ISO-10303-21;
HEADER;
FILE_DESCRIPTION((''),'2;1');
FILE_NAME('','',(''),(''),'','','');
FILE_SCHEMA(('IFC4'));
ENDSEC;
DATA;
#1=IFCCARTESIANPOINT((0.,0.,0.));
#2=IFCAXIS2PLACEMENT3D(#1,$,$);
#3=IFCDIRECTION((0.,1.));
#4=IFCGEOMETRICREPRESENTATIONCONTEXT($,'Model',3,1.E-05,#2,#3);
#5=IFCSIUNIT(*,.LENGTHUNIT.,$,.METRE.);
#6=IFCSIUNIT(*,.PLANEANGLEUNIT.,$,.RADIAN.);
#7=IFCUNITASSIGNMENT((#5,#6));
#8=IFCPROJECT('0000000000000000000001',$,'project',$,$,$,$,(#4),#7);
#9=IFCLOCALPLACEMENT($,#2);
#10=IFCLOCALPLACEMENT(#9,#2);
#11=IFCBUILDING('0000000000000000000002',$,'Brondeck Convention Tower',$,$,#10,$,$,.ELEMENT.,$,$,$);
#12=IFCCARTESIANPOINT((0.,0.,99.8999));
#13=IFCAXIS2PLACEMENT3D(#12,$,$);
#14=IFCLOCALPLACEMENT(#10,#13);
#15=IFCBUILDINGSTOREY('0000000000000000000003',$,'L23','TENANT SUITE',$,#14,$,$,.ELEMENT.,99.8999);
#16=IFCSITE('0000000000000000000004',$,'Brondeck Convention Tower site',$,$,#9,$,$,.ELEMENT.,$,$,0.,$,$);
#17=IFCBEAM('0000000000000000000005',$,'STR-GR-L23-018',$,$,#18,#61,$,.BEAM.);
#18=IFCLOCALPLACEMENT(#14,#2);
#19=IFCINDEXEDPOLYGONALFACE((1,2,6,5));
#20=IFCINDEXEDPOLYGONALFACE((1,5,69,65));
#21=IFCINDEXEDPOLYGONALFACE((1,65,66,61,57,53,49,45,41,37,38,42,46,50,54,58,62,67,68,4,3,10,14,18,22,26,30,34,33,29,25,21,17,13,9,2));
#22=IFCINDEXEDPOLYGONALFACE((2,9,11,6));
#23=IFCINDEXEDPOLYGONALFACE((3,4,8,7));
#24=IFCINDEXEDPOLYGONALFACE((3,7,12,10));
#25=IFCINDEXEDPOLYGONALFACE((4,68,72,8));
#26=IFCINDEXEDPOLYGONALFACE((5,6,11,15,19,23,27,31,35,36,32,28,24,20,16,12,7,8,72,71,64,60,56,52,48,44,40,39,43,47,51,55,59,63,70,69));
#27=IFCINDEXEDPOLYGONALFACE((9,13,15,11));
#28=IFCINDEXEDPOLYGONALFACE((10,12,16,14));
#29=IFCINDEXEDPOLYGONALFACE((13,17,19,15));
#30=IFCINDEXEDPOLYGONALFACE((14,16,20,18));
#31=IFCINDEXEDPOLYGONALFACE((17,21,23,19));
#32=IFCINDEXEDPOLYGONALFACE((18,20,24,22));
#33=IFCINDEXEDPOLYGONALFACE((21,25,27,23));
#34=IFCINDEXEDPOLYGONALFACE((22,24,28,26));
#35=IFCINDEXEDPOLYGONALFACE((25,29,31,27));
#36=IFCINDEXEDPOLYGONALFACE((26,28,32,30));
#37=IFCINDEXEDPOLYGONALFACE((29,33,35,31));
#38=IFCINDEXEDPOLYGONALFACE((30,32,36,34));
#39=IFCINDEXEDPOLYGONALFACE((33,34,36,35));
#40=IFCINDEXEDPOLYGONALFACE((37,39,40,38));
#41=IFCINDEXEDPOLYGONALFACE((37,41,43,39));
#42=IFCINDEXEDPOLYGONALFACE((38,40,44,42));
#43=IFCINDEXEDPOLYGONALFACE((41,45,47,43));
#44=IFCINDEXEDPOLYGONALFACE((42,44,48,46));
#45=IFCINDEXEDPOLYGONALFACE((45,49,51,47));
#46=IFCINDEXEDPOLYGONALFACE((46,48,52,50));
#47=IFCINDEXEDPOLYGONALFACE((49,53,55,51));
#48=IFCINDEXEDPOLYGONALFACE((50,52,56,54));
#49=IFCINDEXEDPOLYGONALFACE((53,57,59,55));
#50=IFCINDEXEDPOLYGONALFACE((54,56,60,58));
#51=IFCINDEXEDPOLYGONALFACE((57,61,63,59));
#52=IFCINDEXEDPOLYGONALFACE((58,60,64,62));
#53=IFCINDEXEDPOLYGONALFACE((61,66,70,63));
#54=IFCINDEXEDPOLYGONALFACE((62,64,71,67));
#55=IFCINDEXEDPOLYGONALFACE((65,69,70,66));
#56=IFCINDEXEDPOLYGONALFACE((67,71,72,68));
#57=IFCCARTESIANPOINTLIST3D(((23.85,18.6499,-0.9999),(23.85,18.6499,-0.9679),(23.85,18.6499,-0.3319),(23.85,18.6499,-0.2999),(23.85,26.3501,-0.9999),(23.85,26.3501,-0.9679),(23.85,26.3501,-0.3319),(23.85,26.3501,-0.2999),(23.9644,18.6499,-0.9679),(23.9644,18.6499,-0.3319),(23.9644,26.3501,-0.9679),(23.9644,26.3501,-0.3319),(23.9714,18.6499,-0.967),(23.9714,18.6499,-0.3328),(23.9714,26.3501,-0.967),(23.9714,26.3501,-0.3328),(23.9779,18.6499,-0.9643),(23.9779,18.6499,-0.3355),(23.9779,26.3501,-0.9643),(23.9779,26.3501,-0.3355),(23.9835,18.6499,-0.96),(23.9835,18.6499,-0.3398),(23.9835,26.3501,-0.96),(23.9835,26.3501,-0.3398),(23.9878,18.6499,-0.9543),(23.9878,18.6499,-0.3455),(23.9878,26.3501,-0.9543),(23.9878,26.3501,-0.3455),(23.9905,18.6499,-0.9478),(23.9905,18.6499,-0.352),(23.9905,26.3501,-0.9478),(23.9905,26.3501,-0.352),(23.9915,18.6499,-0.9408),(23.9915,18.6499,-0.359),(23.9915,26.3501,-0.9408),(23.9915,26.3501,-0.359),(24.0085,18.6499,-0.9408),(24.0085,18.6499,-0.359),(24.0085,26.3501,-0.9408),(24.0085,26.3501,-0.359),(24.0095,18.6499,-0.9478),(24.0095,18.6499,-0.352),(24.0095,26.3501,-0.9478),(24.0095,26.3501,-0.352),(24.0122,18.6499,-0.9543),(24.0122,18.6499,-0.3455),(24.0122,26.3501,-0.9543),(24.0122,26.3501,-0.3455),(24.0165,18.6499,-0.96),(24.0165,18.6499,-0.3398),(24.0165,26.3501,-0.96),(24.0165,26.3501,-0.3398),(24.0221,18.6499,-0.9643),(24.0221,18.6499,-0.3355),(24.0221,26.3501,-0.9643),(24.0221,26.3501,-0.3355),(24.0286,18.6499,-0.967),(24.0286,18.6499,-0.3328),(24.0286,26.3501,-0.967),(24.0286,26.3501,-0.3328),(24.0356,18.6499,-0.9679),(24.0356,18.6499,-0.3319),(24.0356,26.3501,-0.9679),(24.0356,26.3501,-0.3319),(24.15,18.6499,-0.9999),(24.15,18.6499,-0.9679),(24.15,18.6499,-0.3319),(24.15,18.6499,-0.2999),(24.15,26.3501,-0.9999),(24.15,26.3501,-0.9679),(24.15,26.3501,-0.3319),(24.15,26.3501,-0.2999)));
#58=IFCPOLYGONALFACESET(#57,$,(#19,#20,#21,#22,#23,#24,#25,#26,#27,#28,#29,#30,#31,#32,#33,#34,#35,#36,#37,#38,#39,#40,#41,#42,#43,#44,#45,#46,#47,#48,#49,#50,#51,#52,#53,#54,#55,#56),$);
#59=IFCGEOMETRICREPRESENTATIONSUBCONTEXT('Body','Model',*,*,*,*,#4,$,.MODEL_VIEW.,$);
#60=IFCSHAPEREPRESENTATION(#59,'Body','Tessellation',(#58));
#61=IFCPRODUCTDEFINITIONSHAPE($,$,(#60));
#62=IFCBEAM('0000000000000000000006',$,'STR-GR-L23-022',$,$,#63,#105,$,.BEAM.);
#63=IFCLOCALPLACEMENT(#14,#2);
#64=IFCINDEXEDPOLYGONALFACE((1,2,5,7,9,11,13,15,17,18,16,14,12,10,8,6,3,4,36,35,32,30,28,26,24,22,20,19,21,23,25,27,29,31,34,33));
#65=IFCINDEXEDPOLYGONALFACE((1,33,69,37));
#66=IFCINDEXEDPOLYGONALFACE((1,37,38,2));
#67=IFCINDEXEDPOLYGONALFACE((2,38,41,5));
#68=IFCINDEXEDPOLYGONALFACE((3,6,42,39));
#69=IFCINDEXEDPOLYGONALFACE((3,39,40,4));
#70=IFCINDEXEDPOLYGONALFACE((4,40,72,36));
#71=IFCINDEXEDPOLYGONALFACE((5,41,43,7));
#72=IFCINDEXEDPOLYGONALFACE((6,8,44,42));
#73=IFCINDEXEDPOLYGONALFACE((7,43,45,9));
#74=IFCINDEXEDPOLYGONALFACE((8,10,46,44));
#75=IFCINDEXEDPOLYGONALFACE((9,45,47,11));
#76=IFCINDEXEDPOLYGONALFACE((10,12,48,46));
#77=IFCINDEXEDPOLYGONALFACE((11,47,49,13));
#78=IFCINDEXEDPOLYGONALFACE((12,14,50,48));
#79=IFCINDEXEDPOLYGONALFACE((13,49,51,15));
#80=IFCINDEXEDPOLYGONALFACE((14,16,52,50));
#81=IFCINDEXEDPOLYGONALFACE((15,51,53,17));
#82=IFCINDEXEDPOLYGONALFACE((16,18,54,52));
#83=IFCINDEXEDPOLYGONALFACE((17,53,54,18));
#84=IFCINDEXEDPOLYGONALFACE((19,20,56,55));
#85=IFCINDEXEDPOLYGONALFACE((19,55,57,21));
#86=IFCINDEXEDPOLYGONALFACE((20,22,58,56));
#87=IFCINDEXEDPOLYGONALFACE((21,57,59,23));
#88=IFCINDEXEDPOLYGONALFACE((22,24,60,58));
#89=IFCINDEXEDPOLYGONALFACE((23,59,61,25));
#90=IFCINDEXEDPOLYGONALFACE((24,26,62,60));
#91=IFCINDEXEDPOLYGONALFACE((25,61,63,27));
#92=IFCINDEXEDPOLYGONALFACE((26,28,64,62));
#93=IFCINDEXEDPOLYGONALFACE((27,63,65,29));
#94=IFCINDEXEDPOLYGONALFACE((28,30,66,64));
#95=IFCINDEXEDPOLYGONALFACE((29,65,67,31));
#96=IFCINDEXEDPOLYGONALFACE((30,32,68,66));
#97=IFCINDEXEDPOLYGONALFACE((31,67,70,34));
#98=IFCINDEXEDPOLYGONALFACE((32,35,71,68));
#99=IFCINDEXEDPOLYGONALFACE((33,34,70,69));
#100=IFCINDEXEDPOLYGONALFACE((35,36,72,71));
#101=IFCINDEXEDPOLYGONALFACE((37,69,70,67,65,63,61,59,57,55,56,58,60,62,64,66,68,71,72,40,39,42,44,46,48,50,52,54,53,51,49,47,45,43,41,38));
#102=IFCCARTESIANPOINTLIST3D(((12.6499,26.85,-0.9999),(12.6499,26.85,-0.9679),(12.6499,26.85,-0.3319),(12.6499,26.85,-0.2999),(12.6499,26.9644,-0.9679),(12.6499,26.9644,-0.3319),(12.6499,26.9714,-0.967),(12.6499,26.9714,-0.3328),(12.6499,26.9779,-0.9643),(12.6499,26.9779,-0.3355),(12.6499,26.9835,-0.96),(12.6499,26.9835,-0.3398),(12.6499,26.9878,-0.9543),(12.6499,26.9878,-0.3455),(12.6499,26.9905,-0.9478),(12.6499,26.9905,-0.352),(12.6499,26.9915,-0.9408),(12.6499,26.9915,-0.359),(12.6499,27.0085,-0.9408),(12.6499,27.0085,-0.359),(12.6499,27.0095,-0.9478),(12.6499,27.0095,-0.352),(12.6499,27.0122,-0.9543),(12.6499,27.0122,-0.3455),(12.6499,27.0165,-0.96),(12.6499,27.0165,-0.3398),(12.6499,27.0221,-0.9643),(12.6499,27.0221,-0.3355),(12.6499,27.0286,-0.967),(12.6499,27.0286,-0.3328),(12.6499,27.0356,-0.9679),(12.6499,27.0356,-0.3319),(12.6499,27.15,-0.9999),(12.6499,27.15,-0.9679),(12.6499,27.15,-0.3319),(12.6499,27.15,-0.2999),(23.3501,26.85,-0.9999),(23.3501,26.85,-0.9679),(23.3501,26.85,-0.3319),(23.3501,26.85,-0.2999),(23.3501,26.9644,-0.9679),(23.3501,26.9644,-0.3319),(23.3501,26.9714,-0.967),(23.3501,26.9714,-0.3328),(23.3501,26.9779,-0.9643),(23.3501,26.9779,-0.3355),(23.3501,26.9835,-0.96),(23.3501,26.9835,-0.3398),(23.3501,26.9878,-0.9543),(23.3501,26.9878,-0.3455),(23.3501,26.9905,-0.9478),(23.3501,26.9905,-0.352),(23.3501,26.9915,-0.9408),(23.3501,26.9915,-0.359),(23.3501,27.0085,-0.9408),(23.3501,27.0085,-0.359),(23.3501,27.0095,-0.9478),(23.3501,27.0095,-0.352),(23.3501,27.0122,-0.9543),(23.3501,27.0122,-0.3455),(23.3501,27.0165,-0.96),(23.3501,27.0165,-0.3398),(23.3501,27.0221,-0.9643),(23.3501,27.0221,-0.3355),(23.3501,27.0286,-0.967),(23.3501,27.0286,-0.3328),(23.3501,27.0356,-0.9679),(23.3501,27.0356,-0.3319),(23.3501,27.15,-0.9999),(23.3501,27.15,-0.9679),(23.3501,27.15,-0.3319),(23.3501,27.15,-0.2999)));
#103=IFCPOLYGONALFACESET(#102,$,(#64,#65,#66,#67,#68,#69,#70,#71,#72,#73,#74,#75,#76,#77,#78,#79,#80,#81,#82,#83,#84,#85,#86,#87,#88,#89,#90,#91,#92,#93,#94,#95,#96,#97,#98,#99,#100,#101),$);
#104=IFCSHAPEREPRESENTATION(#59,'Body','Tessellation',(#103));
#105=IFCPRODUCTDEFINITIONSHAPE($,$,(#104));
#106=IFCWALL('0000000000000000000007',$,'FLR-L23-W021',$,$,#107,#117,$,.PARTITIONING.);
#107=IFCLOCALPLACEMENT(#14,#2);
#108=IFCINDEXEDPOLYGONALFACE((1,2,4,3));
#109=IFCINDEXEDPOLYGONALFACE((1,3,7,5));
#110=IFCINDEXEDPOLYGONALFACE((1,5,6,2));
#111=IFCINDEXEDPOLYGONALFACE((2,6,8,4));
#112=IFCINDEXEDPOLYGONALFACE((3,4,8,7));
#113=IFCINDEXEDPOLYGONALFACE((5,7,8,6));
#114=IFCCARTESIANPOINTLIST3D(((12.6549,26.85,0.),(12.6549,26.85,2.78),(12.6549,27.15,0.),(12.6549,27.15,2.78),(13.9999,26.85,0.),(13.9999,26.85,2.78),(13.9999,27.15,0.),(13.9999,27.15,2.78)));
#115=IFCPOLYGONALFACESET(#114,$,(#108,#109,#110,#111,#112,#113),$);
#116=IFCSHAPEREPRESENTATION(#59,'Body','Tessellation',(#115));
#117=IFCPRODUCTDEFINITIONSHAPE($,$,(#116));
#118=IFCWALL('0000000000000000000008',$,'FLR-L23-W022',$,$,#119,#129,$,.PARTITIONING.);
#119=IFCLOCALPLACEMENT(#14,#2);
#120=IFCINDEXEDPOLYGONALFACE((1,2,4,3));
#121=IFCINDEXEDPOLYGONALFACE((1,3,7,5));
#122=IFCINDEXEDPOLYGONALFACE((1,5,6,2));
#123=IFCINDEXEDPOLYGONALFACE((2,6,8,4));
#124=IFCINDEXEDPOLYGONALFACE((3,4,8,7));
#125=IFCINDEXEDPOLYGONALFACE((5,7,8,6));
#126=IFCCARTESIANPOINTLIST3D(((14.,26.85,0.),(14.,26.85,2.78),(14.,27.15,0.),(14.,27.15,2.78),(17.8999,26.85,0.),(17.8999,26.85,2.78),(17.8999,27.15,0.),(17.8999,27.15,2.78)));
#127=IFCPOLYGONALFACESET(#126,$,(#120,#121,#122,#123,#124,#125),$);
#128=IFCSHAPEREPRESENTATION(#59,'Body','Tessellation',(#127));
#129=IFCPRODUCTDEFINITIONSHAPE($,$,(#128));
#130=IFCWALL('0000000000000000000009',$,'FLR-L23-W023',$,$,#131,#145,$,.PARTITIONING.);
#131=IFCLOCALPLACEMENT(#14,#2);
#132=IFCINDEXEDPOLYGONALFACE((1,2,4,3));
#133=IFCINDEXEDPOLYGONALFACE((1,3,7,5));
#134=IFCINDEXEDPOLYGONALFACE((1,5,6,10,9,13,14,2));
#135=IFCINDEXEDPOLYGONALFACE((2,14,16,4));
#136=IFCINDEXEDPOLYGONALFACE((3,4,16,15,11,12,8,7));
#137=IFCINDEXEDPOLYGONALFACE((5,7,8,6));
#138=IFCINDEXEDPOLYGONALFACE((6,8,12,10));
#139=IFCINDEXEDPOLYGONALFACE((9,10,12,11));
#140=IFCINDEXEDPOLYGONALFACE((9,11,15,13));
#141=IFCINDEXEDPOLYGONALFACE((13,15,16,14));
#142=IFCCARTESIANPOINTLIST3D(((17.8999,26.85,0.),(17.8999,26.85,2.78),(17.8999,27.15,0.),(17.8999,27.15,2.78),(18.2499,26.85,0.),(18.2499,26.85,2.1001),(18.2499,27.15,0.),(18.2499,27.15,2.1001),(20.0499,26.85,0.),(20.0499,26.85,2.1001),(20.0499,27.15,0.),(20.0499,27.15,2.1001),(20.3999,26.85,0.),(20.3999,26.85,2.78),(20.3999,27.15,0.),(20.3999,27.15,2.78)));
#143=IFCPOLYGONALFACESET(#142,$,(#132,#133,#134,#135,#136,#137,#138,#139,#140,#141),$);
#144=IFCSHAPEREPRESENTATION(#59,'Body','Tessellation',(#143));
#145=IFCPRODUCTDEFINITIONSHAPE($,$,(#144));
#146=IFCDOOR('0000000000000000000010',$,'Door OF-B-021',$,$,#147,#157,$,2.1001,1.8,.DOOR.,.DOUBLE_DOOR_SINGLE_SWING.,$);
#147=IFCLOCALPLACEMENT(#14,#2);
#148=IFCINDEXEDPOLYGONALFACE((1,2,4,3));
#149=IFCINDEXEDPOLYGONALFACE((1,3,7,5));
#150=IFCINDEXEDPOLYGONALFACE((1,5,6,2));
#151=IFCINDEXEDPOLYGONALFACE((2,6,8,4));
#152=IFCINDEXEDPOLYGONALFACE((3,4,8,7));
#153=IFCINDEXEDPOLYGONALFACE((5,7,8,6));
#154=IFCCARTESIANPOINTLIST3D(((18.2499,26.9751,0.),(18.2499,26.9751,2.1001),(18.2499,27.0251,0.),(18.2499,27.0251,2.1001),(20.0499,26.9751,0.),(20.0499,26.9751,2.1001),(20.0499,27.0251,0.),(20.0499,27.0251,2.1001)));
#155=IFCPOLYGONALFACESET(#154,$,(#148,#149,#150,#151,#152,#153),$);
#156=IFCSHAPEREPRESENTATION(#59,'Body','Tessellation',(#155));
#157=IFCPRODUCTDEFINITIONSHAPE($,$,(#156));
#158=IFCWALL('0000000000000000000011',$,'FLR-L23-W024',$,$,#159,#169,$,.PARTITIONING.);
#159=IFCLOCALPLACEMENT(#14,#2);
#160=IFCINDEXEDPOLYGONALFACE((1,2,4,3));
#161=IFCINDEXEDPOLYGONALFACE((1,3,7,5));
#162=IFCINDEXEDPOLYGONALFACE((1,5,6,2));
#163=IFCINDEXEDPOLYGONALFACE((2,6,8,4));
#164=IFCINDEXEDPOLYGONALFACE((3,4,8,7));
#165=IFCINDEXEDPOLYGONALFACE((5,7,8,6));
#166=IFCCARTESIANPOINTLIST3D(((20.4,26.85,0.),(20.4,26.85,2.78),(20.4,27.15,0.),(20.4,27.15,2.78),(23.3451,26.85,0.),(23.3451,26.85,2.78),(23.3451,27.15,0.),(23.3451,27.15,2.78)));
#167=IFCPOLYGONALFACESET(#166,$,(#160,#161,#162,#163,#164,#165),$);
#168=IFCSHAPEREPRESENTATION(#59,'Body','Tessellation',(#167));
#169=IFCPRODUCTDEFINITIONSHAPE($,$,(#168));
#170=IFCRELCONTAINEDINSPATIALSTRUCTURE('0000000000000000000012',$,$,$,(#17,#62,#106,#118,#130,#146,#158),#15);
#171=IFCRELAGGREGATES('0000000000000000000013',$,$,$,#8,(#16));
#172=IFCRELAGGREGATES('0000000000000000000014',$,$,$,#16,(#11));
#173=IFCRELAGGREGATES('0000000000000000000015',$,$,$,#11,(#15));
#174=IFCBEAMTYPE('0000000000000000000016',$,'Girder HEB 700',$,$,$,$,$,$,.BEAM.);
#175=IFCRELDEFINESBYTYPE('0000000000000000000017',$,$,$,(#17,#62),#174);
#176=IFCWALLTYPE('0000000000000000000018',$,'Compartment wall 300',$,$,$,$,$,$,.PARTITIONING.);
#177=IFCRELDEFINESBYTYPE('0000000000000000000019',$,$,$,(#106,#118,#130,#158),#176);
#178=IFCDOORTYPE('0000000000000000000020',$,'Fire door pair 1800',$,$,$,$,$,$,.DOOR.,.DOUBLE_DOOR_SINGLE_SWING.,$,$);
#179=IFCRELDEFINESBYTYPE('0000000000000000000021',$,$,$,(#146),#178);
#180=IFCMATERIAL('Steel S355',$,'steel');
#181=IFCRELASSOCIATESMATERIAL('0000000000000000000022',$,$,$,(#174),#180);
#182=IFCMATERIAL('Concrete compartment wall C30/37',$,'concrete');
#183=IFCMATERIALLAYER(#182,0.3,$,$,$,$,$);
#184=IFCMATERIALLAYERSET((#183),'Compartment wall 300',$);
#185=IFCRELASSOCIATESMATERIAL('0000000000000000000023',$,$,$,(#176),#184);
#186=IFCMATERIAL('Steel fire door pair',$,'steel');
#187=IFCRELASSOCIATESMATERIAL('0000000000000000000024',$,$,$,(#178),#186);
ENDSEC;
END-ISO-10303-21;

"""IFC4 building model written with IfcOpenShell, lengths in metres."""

from ifc_helpers import new_model, si_unit, direction, frame, frame_2d, origin, origin_2d, place, context, subcontext, project, spatial, rectangle, i_section, extrude, material, layer, layer_set, material_profile, profile_set, type_object, element, fill, save


model = new_model("IFC4")

# Units and contexts
model_context = context("Model", 3, precision=1e-05, world=origin(), true_north=direction((0.0, 1.0)))
body_context = subcontext(model_context, "Body", "Model", "MODEL_VIEW")
ifc_project = project(units=[si_unit("LENGTHUNIT", "METRE"), si_unit("PLANEANGLEUNIT", "RADIAN")], contexts=[model_context])

# Site, building, storey
site_placement = place(None, origin())
site = spatial("IfcSite", under=ifc_project, at=site_placement, Name="Brondeck Convention Tower site", CompositionType="ELEMENT", RefElevation=0.0)
building_placement = place(site_placement, origin())
building = spatial("IfcBuilding", under=site, at=building_placement, Name="Brondeck Convention Tower", CompositionType="ELEMENT")
storey_placement = place(building_placement, frame((0.0, 0.0, 99.8999)))
storey = spatial("IfcBuildingStorey", under=building, at=storey_placement, Name="L23", Description="TENANT SUITE", CompositionType="ELEMENT", Elevation=99.8999)

# Beams
ifc_material_1 = material(Name="Steel S355", Category="steel")
ifc_material_profile_1 = material_profile(ifc_material_1, i_section(OverallWidth=0.3, OverallDepth=0.7, WebThickness=0.0171, FlangeThickness=0.032, FilletRadius=0.0271, at=origin_2d()), Name="HEB 700")
ifc_profile_set_1 = profile_set([ifc_material_profile_1], Name="Steel S355")
beam_type_1 = type_object("IfcBeamType", Name="Girder HEB 700", PredefinedType="BEAM", material=ifc_profile_set_1)
for number, where, z_axis, x_axis, name in (
    (1, (24.0, 26.3501, -0.6499), (0.0, -1.0, 0.0), (1.0, 0.0, 0.0), "STR-GR-L23-018"),
):
    element("IfcBeam", number, at=place(storey_placement, frame(where, z_axis=z_axis, x_axis=x_axis)), inside=storey, type_object=beam_type_1, Name=name, PredefinedType="BEAM", context=body_context, shape_type="SweptSolid", body=[
        extrude(i_section(OverallWidth=0.3, OverallDepth=0.7, WebThickness=0.0171, FlangeThickness=0.032, FilletRadius=0.0271, at=origin_2d()), origin(), (0.0, 0.0, 1.0), 7.7002),
    ])
beam_1_placement = place(storey_placement, frame((12.6499, 27.0, -0.6499), z_axis=(1.0, 0.0, 0.0), x_axis=(0.0, 1.0, 0.0)))
element("IfcBeam", 2, at=beam_1_placement, inside=storey, type_object=beam_type_1, Name="STR-GR-L23-022", PredefinedType="BEAM", context=body_context, shape_type="SweptSolid", body=[
    extrude(i_section(OverallWidth=0.3, OverallDepth=0.7, WebThickness=0.0171, FlangeThickness=0.032, FilletRadius=0.0271, at=origin_2d()), origin(), (0.0, 0.0, 1.0), 10.7002),
])

# Walls
ifc_material_2 = material(Name="Concrete compartment wall C30/37", Category="concrete")
ifc_layer_1 = layer(ifc_material_2, 0.3)
ifc_layer_set_1 = layer_set([ifc_layer_1], Name="Compartment wall 300")
wall_type_1 = type_object("IfcWallType", Name="Compartment wall 300", PredefinedType="PARTITIONING", material=ifc_layer_set_1)
wall_1_placement = place(storey_placement, frame((12.655, 27.0, 0.0), z_axis=(0.0, 0.0, 1.0), x_axis=(1.0, 0.0, 0.0)))
element("IfcWall", 3, at=wall_1_placement, inside=storey, type_object=wall_type_1, Name="FLR-L23-W021", PredefinedType="PARTITIONING", context=body_context, shape_type="SweptSolid", body=[
    extrude(rectangle(XDim=1.345, YDim=0.3, at=frame_2d((0.6724, 0.0))), origin(), (0.0, 0.0, 1.0), 2.78),
])
wall_2_placement = place(storey_placement, frame((14.0, 27.0, 0.0), z_axis=(0.0, 0.0, 1.0), x_axis=(1.0, 0.0, 0.0)))
element("IfcWall", 4, at=wall_2_placement, inside=storey, type_object=wall_type_1, Name="FLR-L23-W022", PredefinedType="PARTITIONING", context=body_context, shape_type="SweptSolid", body=[
    extrude(rectangle(XDim=3.8999, YDim=0.3, at=frame_2d((1.95, 0.0))), origin(), (0.0, 0.0, 1.0), 2.78),
])

# Wall, opening, door
wall_3_placement = place(storey_placement, frame((20.3999, 27.0, 0.0), z_axis=(0.0, 0.0, 1.0), x_axis=(-1.0, 0.0, 0.0)))
wall_3 = element("IfcWall", 5, at=wall_3_placement, inside=storey, type_object=wall_type_1, Name="FLR-L23-W023", PredefinedType="PARTITIONING", context=body_context, shape_type="SweptSolid", body=[
    extrude(rectangle(XDim=2.5, YDim=0.3, at=frame_2d((1.25, 0.0))), origin(), (0.0, 0.0, 1.0), 2.78),
])
opening_1_placement = place(wall_3_placement, frame((0.3501, 0.0, 0.0)))
opening_1 = element("IfcOpeningElement", 6, at=opening_1_placement, cuts=wall_3, PredefinedType="OPENING", context=body_context, shape_type="SweptSolid", body=[
    extrude(rectangle(XDim=1.8, YDim=2.1001, at=frame_2d((0.8999, 1.05))), frame((0.0, 0.1599, 0.0), z_axis=(0.0, -1.0, 0.0), x_axis=(1.0, 0.0, 0.0)), (0.0, 0.0, 1.0), 0.3201),
])
ifc_material_3 = material(Name="Steel fire door pair", Category="steel")
door_type_1 = type_object("IfcDoorType", Name="Fire door pair 1800", OperationType="DOUBLE_DOOR_SINGLE_SWING", PredefinedType="DOOR", material=ifc_material_3)
door_1_placement = place(opening_1_placement, origin())
door_1 = element("IfcDoor", 7, at=door_1_placement, inside=storey, type_object=door_type_1, Name="Door OF-B-021", OperationType="DOUBLE_DOOR_SINGLE_SWING", OverallHeight=2.1001, OverallWidth=1.8, PredefinedType="DOOR", context=body_context, shape_type="SweptSolid", body=[
    extrude(rectangle(XDim=1.8, YDim=2.1001, at=frame_2d((0.8999, 1.05))), frame((0.0, 0.0249, 0.0), z_axis=(0.0, -1.0, 0.0), x_axis=(1.0, 0.0, 0.0)), (0.0, 0.0, 1.0), 0.05),
])
fill(opening_1, door_1)

# Wall
wall_4_placement = place(storey_placement, frame((20.3999, 27.0, 0.0), z_axis=(0.0, 0.0, 1.0), x_axis=(1.0, 0.0, 0.0)))
element("IfcWall", 8, at=wall_4_placement, inside=storey, type_object=wall_type_1, Name="FLR-L23-W024", PredefinedType="PARTITIONING", context=body_context, shape_type="SweptSolid", body=[
    extrude(rectangle(XDim=2.9451, YDim=0.3, at=frame_2d((1.4727, 0.0))), origin(), (0.0, 0.0, 1.0), 2.78),
])

save(model, "model.ifc")
